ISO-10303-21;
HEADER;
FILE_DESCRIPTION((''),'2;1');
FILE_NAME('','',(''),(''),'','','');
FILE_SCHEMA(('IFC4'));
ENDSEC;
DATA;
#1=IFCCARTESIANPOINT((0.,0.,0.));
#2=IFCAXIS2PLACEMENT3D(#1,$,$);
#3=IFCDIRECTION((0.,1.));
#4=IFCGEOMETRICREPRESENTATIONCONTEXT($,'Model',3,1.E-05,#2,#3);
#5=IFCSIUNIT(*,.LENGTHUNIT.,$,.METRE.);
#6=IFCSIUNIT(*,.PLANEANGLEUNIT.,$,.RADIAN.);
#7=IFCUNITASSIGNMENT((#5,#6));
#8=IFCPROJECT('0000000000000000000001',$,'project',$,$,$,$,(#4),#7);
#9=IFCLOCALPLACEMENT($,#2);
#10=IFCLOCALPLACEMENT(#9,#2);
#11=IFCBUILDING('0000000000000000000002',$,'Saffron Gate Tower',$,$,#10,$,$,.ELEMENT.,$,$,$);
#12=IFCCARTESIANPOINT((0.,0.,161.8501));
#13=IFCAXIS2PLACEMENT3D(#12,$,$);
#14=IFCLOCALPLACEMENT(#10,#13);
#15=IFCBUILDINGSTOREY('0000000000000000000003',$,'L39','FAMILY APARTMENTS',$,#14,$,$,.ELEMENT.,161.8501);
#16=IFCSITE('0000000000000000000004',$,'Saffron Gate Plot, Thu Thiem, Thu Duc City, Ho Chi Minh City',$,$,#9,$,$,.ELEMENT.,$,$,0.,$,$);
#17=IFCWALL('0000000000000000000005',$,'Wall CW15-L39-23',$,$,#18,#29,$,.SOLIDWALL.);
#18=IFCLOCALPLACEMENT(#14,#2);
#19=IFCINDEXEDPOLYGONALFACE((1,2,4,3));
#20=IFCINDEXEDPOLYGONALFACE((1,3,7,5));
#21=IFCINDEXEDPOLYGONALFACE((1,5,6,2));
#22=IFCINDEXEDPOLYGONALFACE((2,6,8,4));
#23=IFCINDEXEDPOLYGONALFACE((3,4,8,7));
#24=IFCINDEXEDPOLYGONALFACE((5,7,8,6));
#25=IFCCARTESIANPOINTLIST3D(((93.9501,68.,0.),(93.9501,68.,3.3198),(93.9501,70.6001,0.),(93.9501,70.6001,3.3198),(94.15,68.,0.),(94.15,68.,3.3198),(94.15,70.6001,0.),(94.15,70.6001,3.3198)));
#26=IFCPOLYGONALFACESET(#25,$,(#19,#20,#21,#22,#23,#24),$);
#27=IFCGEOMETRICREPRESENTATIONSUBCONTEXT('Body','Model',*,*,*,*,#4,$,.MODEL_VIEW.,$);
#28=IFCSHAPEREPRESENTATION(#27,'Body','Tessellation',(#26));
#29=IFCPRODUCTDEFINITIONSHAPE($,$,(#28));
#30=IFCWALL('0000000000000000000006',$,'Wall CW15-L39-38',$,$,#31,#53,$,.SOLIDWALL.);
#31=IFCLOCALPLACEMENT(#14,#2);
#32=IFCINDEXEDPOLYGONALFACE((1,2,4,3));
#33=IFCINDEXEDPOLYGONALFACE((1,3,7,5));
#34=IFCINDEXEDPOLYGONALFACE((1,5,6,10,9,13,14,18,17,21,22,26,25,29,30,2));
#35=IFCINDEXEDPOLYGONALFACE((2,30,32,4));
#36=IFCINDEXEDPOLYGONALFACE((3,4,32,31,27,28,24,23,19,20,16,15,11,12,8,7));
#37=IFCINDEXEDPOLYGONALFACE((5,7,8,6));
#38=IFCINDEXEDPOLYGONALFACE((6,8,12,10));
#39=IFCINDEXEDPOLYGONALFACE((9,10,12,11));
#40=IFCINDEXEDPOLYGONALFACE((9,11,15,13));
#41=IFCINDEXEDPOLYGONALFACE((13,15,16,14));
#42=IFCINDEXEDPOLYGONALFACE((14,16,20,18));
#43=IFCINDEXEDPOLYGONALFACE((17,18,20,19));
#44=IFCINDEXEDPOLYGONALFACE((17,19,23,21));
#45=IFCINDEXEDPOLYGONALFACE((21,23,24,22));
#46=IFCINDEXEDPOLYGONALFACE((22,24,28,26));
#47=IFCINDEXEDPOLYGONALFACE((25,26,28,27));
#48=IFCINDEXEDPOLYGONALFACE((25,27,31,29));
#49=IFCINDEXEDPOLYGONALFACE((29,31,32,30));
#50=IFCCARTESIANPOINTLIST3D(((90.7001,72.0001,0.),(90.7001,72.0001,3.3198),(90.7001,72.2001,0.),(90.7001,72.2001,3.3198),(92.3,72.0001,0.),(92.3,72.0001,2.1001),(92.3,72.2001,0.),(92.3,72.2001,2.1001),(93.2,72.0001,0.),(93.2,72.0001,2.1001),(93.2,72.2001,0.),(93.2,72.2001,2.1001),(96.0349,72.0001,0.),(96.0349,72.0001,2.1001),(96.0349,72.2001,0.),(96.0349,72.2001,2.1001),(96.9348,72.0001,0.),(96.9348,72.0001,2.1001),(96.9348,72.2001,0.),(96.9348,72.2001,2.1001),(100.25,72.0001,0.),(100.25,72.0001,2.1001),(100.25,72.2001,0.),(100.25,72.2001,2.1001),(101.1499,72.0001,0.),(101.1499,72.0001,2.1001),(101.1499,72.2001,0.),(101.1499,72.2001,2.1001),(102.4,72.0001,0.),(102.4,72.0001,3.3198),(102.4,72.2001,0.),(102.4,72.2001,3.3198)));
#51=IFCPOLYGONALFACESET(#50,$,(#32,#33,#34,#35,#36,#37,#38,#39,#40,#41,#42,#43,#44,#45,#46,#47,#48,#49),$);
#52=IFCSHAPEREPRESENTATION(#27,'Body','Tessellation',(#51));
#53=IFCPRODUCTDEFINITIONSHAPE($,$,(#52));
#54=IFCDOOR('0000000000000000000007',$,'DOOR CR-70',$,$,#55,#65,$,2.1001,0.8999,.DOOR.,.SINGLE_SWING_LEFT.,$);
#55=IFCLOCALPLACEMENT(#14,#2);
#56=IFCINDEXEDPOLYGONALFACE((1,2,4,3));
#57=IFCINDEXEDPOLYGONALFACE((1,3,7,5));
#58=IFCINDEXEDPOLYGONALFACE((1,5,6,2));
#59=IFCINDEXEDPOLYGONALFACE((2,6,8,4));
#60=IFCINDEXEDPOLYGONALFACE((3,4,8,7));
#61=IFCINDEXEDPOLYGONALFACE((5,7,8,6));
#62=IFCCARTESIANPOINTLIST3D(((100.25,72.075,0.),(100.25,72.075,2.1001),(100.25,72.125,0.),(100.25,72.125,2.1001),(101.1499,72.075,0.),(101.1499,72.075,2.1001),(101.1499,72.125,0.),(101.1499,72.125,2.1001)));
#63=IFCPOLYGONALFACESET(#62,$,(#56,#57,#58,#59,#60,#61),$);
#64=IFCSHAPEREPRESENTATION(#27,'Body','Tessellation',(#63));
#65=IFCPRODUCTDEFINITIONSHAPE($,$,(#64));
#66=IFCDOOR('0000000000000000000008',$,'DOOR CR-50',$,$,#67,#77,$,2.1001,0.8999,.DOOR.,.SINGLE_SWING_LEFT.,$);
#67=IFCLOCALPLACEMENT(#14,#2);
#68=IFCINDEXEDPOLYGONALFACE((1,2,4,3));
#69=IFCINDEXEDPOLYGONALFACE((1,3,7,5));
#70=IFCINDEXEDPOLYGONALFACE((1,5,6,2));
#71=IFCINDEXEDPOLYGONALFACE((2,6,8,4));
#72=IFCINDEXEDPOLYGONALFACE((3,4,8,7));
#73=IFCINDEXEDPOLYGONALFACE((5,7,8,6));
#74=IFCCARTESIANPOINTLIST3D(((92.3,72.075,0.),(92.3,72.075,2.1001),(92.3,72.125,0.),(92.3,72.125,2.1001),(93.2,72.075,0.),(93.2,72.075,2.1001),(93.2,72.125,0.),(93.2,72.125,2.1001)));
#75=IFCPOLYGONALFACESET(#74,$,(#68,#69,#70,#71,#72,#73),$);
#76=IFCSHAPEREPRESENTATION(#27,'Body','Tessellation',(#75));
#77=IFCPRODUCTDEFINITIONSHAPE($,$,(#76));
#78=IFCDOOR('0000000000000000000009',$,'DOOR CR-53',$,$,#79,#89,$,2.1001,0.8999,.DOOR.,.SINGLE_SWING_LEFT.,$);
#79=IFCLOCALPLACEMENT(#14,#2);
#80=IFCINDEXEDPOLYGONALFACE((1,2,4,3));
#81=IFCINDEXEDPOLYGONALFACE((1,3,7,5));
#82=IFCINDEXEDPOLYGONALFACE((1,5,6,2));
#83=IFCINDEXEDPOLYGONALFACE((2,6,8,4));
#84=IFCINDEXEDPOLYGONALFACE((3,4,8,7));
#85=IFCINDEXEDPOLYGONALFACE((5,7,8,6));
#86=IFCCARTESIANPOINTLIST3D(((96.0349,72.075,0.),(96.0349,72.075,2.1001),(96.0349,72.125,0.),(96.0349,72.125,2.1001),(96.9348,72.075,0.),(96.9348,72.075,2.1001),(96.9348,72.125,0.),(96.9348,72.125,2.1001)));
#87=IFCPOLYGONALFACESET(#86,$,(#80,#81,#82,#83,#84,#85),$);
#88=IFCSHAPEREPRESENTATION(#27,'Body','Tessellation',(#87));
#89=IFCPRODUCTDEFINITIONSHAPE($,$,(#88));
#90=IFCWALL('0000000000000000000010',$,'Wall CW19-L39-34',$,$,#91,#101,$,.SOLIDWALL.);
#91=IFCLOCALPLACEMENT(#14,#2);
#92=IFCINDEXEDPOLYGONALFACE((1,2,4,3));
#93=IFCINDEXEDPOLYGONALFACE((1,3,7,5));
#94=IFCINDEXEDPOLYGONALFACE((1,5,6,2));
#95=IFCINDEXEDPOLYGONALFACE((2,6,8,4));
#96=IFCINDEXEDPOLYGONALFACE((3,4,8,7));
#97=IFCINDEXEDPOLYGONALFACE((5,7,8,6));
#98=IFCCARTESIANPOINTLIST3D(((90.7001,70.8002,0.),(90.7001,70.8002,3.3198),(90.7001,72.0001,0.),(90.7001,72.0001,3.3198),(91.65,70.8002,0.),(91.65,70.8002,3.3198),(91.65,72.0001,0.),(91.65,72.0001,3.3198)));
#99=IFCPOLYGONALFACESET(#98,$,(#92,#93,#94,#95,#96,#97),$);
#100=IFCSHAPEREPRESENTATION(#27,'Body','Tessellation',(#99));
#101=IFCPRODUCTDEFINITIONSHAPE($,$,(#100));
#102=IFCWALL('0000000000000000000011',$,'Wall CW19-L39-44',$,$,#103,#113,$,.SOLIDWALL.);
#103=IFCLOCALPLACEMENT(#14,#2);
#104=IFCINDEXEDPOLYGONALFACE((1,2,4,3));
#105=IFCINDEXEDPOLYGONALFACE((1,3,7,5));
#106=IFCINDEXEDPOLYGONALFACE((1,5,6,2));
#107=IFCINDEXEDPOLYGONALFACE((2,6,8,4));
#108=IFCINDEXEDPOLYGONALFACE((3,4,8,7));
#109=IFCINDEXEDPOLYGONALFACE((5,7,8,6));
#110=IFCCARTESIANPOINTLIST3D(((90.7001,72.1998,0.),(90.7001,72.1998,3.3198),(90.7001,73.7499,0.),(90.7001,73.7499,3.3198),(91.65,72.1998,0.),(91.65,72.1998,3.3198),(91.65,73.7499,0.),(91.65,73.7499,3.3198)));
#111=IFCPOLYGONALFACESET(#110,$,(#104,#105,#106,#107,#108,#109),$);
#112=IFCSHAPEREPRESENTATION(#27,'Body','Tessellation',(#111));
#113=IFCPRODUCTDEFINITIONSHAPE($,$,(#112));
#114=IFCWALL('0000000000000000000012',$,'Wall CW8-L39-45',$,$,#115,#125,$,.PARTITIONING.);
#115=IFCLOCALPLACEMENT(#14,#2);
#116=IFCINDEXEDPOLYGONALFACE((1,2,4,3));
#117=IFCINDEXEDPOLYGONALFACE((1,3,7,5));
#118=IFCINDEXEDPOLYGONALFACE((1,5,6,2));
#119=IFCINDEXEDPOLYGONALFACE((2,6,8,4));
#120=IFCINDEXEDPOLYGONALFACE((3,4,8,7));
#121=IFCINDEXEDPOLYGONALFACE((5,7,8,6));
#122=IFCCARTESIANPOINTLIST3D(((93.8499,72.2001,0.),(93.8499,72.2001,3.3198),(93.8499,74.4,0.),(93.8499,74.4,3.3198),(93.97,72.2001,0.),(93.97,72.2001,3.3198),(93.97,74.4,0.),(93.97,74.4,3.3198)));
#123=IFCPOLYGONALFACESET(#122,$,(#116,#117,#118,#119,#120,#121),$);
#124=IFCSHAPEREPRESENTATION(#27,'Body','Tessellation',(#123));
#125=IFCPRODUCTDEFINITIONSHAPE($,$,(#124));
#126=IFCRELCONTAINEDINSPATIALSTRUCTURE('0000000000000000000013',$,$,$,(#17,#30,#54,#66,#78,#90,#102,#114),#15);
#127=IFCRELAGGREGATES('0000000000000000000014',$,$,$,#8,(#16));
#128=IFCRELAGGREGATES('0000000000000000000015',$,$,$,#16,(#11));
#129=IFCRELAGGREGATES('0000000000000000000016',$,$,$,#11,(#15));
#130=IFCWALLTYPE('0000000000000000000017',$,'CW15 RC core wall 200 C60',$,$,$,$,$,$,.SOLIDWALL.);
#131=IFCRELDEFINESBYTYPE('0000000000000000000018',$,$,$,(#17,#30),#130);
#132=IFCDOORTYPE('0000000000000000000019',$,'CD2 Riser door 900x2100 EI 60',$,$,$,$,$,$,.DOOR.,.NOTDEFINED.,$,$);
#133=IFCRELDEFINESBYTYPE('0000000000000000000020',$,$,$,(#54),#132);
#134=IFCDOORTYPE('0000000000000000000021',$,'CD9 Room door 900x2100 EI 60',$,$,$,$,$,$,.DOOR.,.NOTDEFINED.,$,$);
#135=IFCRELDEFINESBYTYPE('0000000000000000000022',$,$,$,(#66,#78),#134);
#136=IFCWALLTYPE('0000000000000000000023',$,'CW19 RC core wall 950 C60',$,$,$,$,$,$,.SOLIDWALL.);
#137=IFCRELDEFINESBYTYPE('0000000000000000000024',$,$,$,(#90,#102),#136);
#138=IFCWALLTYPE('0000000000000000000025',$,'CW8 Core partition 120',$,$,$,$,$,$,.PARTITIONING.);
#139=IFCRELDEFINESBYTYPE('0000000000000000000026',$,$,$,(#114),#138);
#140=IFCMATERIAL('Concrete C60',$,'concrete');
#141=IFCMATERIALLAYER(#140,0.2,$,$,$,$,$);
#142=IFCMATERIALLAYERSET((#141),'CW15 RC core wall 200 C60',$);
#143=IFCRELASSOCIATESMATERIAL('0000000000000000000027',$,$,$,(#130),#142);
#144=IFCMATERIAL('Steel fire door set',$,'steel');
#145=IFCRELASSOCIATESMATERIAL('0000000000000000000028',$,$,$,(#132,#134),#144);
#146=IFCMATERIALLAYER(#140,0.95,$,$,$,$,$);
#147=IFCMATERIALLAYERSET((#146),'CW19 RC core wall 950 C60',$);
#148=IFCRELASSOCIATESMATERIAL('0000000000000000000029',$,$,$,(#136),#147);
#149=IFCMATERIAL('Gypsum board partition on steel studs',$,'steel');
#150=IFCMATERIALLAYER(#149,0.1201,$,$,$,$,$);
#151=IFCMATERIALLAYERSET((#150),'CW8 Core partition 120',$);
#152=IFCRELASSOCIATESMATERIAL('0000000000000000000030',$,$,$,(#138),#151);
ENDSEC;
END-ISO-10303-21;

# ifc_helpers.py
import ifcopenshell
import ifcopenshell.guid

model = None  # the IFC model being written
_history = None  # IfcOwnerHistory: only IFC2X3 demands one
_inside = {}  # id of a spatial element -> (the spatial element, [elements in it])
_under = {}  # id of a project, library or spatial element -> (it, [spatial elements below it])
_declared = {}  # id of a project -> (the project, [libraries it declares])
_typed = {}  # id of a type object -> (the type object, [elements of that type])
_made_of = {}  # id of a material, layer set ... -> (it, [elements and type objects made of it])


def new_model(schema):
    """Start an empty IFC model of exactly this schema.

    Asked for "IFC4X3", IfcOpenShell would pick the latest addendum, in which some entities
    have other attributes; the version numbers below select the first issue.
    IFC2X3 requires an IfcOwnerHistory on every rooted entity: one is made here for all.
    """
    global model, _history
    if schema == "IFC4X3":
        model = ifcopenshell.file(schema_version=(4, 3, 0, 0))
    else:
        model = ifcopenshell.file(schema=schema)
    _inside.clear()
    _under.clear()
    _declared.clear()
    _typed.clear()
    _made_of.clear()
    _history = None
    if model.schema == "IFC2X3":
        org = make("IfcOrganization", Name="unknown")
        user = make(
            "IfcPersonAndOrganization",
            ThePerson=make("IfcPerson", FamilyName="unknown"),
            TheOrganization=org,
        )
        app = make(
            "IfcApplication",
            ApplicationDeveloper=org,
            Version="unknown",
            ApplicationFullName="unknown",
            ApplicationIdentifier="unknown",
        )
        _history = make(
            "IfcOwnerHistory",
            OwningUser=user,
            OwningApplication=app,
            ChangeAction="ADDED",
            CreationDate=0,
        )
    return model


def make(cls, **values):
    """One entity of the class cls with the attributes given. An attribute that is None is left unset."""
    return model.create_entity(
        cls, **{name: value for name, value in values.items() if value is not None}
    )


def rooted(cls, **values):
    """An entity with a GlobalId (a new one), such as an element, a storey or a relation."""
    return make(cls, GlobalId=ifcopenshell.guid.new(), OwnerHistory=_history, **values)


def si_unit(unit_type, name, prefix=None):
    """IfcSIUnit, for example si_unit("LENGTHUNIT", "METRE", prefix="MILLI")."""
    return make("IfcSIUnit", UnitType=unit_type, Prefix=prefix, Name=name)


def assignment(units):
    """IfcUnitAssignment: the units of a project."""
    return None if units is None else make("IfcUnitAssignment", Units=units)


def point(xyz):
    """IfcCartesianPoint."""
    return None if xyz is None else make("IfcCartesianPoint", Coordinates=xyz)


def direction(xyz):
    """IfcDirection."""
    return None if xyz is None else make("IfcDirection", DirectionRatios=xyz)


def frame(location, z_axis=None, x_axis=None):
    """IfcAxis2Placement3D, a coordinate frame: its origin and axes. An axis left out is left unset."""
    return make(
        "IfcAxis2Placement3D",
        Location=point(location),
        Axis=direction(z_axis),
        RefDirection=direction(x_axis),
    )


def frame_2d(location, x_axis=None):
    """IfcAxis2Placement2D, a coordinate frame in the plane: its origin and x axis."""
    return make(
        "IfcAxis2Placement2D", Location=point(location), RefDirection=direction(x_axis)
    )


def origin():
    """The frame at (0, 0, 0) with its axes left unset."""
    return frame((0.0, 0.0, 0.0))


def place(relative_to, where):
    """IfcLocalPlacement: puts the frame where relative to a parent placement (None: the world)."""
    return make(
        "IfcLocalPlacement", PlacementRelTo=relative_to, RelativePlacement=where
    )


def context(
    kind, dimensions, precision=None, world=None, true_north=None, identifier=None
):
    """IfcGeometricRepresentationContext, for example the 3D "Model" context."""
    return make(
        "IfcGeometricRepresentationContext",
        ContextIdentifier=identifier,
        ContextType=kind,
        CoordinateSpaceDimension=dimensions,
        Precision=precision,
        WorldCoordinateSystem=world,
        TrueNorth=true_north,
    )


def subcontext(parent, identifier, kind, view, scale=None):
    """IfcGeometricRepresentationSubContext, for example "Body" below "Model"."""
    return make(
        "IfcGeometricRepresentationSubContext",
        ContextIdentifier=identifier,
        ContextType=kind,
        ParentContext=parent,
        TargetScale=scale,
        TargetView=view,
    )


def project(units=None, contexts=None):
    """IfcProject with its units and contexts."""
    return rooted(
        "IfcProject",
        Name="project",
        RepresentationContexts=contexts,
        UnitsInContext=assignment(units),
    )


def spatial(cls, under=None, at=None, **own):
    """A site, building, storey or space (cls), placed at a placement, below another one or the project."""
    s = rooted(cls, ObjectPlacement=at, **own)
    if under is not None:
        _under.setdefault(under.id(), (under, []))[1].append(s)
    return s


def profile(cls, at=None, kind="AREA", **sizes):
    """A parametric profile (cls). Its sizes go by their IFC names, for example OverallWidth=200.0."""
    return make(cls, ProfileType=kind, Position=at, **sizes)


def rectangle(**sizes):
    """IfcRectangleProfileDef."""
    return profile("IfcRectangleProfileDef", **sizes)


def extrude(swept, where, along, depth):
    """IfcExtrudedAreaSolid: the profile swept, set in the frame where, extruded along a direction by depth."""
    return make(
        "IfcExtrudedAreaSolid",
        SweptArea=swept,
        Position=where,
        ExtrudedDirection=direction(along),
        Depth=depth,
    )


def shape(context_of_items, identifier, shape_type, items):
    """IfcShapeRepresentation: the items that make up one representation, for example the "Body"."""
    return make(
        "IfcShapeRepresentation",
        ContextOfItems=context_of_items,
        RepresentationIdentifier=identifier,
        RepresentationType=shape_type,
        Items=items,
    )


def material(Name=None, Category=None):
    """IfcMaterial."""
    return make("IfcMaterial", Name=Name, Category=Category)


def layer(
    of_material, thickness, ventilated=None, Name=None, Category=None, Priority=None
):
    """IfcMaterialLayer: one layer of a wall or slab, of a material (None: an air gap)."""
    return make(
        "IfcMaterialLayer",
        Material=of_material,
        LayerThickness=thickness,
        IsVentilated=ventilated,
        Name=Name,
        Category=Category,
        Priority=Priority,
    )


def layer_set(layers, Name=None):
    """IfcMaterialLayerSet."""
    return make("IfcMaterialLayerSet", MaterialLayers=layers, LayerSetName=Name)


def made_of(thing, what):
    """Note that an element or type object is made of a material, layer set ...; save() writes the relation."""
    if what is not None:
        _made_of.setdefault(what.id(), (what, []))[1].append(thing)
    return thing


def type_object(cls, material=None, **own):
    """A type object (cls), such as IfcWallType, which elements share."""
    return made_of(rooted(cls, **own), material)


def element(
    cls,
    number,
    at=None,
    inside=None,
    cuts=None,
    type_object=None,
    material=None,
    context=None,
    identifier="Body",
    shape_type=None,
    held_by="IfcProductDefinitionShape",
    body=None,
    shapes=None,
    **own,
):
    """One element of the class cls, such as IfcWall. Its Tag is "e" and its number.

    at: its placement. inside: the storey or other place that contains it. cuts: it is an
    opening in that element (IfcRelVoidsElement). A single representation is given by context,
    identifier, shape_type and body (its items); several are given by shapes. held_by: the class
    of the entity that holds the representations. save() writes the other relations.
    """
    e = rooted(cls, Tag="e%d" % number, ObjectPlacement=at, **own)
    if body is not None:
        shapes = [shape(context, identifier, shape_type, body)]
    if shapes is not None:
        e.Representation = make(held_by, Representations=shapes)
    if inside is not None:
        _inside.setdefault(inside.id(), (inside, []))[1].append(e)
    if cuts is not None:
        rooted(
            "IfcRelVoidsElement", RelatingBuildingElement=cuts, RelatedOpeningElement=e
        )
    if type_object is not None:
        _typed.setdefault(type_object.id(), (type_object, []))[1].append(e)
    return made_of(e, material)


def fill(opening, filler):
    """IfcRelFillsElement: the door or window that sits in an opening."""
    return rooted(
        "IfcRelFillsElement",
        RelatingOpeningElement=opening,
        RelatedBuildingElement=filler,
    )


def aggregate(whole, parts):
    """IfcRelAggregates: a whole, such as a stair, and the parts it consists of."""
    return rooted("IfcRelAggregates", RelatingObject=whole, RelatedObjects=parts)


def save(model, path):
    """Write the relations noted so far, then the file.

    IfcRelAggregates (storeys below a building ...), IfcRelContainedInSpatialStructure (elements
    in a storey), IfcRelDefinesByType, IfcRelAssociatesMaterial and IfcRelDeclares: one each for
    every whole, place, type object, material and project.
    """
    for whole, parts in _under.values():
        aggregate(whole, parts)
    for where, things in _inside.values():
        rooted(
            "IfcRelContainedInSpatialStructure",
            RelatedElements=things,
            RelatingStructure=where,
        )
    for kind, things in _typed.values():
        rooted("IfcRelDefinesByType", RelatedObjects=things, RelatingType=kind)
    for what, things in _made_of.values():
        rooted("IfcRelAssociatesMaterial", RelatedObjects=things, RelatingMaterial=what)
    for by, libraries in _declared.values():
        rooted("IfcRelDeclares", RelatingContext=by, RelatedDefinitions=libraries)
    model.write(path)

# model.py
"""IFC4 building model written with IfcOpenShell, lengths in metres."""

from ifc_helpers import new_model, si_unit, direction, frame, frame_2d, origin, place, context, subcontext, project, spatial, rectangle, extrude, material, layer, layer_set, type_object, element, fill, save


model = new_model("IFC4")

# Units and contexts
model_context = context("Model", 3, precision=1e-05, world=origin(), true_north=direction((0.0, 1.0)))
body_context = subcontext(model_context, "Body", "Model", "MODEL_VIEW")
ifc_project = project(units=[si_unit("LENGTHUNIT", "METRE"), si_unit("PLANEANGLEUNIT", "RADIAN")], contexts=[model_context])

# Site, building, storey
site_placement = place(None, origin())
site = spatial("IfcSite", under=ifc_project, at=site_placement, Name="Saffron Gate Plot, Thu Thiem, Thu Duc City, Ho Chi Minh City", CompositionType="ELEMENT", RefElevation=0.0)
building_placement = place(site_placement, origin())
building = spatial("IfcBuilding", under=site, at=building_placement, Name="Saffron Gate Tower", CompositionType="ELEMENT")
storey_placement = place(building_placement, frame((0.0, 0.0, 161.8501)))
storey = spatial("IfcBuildingStorey", under=building, at=storey_placement, Name="L39", Description="FAMILY APARTMENTS", CompositionType="ELEMENT", Elevation=161.8501)

# Shared definitions
ifc_material_1 = material(Name="Concrete C60", Category="concrete")

# Shared definitions
ifc_material_2 = material(Name="Steel fire door set", Category="steel")

# Shared definitions
ifc_layer_1 = layer(ifc_material_1, 0.2)
ifc_layer_set_1 = layer_set([ifc_layer_1], Name="CW15 RC core wall 200 C60")
wall_type_1 = type_object("IfcWallType", Name="CW15 RC core wall 200 C60", PredefinedType="SOLIDWALL", material=ifc_layer_set_1)

# Shared definitions
door_type_1 = type_object("IfcDoorType", Name="CD2 Riser door 900x2100 EI 60", OperationType="NOTDEFINED", PredefinedType="DOOR", material=ifc_material_2)

# Wall
wall_1_placement = place(storey_placement, frame((94.05, 68.0, 0.0), z_axis=(0.0, 0.0, 1.0), x_axis=(0.0, 1.0, 0.0)))
element("IfcWall", 1, at=wall_1_placement, inside=storey, type_object=wall_type_1, Name="Wall CW15-L39-23", PredefinedType="SOLIDWALL", context=body_context, shape_type="SweptSolid", body=[
    extrude(rectangle(XDim=2.6001, YDim=0.2, at=frame_2d((1.3, 0.0))), origin(), (0.0, 0.0, 1.0), 3.3198),
])

# Wall, openings, doors
wall_2_placement = place(storey_placement, frame((90.7, 72.1001, 0.0), z_axis=(0.0, 0.0, 1.0), x_axis=(1.0, 0.0, 0.0)))
wall_2 = element("IfcWall", 2, at=wall_2_placement, inside=storey, type_object=wall_type_1, Name="Wall CW15-L39-38", PredefinedType="SOLIDWALL", context=body_context, shape_type="SweptSolid", body=[
    extrude(rectangle(XDim=11.7, YDim=0.2, at=frame_2d((5.8501, 0.0))), origin(), (0.0, 0.0, 1.0), 3.3198),
])
opening_1_placement = place(wall_2_placement, frame((1.6001, 0.0, 0.0)))
opening_1 = element("IfcOpeningElement", 3, at=opening_1_placement, cuts=wall_2, PredefinedType="OPENING", context=body_context, shape_type="SweptSolid", body=[
    extrude(rectangle(XDim=0.8999, YDim=2.1001, at=frame_2d((0.45, 1.05))), frame((0.0, 0.1099, 0.0), z_axis=(0.0, -1.0, 0.0), x_axis=(1.0, 0.0, 0.0)), (0.0, 0.0, 1.0), 0.22),
])
opening_2_placement = place(wall_2_placement, frame((5.335, 0.0, 0.0)))
opening_2 = element("IfcOpeningElement", 4, at=opening_2_placement, cuts=wall_2, PredefinedType="OPENING", context=body_context, shape_type="SweptSolid", body=[
    extrude(rectangle(XDim=0.8999, YDim=2.1001, at=frame_2d((0.45, 1.05))), frame((0.0, 0.1099, 0.0), z_axis=(0.0, -1.0, 0.0), x_axis=(1.0, 0.0, 0.0)), (0.0, 0.0, 1.0), 0.22),
])
opening_3_placement = place(wall_2_placement, frame((9.55, 0.0, 0.0)))
opening_3 = element("IfcOpeningElement", 5, at=opening_3_placement, cuts=wall_2, PredefinedType="OPENING", context=body_context, shape_type="SweptSolid", body=[
    extrude(rectangle(XDim=0.8999, YDim=2.1001, at=frame_2d((0.45, 1.05))), frame((0.0, 0.1099, 0.0), z_axis=(0.0, -1.0, 0.0), x_axis=(1.0, 0.0, 0.0)), (0.0, 0.0, 1.0), 0.22),
])
door_1_placement = place(opening_3_placement, origin())
door_1 = element("IfcDoor", 6, at=door_1_placement, inside=storey, type_object=door_type_1, Name="DOOR CR-70", OperationType="SINGLE_SWING_LEFT", OverallHeight=2.1001, OverallWidth=0.8999, PredefinedType="DOOR", context=body_context, shape_type="SweptSolid", body=[
    extrude(rectangle(XDim=0.8999, YDim=2.1001, at=frame_2d((0.45, 1.05))), frame((0.0, 0.0249, 0.0), z_axis=(0.0, -1.0, 0.0), x_axis=(1.0, 0.0, 0.0)), (0.0, 0.0, 1.0), 0.05),
])
fill(opening_3, door_1)
door_type_2 = type_object("IfcDoorType", Name="CD9 Room door 900x2100 EI 60", OperationType="NOTDEFINED", PredefinedType="DOOR", material=ifc_material_2)
door_2_placement = place(opening_1_placement, origin())
door_2 = element("IfcDoor", 7, at=door_2_placement, inside=storey, type_object=door_type_2, Name="DOOR CR-50", OperationType="SINGLE_SWING_LEFT", OverallHeight=2.1001, OverallWidth=0.8999, PredefinedType="DOOR", context=body_context, shape_type="SweptSolid", body=[
    extrude(rectangle(XDim=0.8999, YDim=2.1001, at=frame_2d((0.45, 1.05))), frame((0.0, 0.0249, 0.0), z_axis=(0.0, -1.0, 0.0), x_axis=(1.0, 0.0, 0.0)), (0.0, 0.0, 1.0), 0.05),
])
fill(opening_1, door_2)
door_3_placement = place(opening_2_placement, origin())
door_3 = element("IfcDoor", 8, at=door_3_placement, inside=storey, type_object=door_type_2, Name="DOOR CR-53", OperationType="SINGLE_SWING_LEFT", OverallHeight=2.1001, OverallWidth=0.8999, PredefinedType="DOOR", context=body_context, shape_type="SweptSolid", body=[
    extrude(rectangle(XDim=0.8999, YDim=2.1001, at=frame_2d((0.45, 1.05))), frame((0.0, 0.0249, 0.0), z_axis=(0.0, -1.0, 0.0), x_axis=(1.0, 0.0, 0.0)), (0.0, 0.0, 1.0), 0.05),
])
fill(opening_2, door_3)

# Walls
ifc_layer_2 = layer(ifc_material_1, 0.95)
ifc_layer_set_2 = layer_set([ifc_layer_2], Name="CW19 RC core wall 950 C60")
wall_type_2 = type_object("IfcWallType", Name="CW19 RC core wall 950 C60", PredefinedType="SOLIDWALL", material=ifc_layer_set_2)
wall_3_placement = place(storey_placement, frame((91.175, 70.8, 0.0), z_axis=(0.0, 0.0, 1.0), x_axis=(0.0, 1.0, 0.0)))
element("IfcWall", 9, at=wall_3_placement, inside=storey, type_object=wall_type_2, Name="Wall CW19-L39-34", PredefinedType="SOLIDWALL", context=body_context, shape_type="SweptSolid", body=[
    extrude(rectangle(XDim=1.2, YDim=0.95, at=frame_2d((0.6001, 0.0))), origin(), (0.0, 0.0, 1.0), 3.3198),
])
wall_4_placement = place(storey_placement, frame((91.175, 72.2, 0.0), z_axis=(0.0, 0.0, 1.0), x_axis=(0.0, 1.0, 0.0)))
element("IfcWall", 10, at=wall_4_placement, inside=storey, type_object=wall_type_2, Name="Wall CW19-L39-44", PredefinedType="SOLIDWALL", context=body_context, shape_type="SweptSolid", body=[
    extrude(rectangle(XDim=1.55, YDim=0.95, at=frame_2d((0.7749, 0.0))), origin(), (0.0, 0.0, 1.0), 3.3198),
])
ifc_material_3 = material(Name="Gypsum board partition on steel studs", Category="steel")
ifc_layer_3 = layer(ifc_material_3, 0.1201)
ifc_layer_set_3 = layer_set([ifc_layer_3], Name="CW8 Core partition 120")
wall_type_3 = type_object("IfcWallType", Name="CW8 Core partition 120", PredefinedType="PARTITIONING", material=ifc_layer_set_3)
wall_5_placement = place(storey_placement, frame((93.9099, 72.2, 0.0), z_axis=(0.0, 0.0, 1.0), x_axis=(0.0, 1.0, 0.0)))
element("IfcWall", 11, at=wall_5_placement, inside=storey, type_object=wall_type_3, Name="Wall CW8-L39-45", PredefinedType="PARTITIONING", context=body_context, shape_type="SweptSolid", body=[
    extrude(rectangle(XDim=2.2, YDim=0.1201, at=frame_2d((1.1001, 0.0))), origin(), (0.0, 0.0, 1.0), 3.3198),
])

save(model, "model.ifc")
